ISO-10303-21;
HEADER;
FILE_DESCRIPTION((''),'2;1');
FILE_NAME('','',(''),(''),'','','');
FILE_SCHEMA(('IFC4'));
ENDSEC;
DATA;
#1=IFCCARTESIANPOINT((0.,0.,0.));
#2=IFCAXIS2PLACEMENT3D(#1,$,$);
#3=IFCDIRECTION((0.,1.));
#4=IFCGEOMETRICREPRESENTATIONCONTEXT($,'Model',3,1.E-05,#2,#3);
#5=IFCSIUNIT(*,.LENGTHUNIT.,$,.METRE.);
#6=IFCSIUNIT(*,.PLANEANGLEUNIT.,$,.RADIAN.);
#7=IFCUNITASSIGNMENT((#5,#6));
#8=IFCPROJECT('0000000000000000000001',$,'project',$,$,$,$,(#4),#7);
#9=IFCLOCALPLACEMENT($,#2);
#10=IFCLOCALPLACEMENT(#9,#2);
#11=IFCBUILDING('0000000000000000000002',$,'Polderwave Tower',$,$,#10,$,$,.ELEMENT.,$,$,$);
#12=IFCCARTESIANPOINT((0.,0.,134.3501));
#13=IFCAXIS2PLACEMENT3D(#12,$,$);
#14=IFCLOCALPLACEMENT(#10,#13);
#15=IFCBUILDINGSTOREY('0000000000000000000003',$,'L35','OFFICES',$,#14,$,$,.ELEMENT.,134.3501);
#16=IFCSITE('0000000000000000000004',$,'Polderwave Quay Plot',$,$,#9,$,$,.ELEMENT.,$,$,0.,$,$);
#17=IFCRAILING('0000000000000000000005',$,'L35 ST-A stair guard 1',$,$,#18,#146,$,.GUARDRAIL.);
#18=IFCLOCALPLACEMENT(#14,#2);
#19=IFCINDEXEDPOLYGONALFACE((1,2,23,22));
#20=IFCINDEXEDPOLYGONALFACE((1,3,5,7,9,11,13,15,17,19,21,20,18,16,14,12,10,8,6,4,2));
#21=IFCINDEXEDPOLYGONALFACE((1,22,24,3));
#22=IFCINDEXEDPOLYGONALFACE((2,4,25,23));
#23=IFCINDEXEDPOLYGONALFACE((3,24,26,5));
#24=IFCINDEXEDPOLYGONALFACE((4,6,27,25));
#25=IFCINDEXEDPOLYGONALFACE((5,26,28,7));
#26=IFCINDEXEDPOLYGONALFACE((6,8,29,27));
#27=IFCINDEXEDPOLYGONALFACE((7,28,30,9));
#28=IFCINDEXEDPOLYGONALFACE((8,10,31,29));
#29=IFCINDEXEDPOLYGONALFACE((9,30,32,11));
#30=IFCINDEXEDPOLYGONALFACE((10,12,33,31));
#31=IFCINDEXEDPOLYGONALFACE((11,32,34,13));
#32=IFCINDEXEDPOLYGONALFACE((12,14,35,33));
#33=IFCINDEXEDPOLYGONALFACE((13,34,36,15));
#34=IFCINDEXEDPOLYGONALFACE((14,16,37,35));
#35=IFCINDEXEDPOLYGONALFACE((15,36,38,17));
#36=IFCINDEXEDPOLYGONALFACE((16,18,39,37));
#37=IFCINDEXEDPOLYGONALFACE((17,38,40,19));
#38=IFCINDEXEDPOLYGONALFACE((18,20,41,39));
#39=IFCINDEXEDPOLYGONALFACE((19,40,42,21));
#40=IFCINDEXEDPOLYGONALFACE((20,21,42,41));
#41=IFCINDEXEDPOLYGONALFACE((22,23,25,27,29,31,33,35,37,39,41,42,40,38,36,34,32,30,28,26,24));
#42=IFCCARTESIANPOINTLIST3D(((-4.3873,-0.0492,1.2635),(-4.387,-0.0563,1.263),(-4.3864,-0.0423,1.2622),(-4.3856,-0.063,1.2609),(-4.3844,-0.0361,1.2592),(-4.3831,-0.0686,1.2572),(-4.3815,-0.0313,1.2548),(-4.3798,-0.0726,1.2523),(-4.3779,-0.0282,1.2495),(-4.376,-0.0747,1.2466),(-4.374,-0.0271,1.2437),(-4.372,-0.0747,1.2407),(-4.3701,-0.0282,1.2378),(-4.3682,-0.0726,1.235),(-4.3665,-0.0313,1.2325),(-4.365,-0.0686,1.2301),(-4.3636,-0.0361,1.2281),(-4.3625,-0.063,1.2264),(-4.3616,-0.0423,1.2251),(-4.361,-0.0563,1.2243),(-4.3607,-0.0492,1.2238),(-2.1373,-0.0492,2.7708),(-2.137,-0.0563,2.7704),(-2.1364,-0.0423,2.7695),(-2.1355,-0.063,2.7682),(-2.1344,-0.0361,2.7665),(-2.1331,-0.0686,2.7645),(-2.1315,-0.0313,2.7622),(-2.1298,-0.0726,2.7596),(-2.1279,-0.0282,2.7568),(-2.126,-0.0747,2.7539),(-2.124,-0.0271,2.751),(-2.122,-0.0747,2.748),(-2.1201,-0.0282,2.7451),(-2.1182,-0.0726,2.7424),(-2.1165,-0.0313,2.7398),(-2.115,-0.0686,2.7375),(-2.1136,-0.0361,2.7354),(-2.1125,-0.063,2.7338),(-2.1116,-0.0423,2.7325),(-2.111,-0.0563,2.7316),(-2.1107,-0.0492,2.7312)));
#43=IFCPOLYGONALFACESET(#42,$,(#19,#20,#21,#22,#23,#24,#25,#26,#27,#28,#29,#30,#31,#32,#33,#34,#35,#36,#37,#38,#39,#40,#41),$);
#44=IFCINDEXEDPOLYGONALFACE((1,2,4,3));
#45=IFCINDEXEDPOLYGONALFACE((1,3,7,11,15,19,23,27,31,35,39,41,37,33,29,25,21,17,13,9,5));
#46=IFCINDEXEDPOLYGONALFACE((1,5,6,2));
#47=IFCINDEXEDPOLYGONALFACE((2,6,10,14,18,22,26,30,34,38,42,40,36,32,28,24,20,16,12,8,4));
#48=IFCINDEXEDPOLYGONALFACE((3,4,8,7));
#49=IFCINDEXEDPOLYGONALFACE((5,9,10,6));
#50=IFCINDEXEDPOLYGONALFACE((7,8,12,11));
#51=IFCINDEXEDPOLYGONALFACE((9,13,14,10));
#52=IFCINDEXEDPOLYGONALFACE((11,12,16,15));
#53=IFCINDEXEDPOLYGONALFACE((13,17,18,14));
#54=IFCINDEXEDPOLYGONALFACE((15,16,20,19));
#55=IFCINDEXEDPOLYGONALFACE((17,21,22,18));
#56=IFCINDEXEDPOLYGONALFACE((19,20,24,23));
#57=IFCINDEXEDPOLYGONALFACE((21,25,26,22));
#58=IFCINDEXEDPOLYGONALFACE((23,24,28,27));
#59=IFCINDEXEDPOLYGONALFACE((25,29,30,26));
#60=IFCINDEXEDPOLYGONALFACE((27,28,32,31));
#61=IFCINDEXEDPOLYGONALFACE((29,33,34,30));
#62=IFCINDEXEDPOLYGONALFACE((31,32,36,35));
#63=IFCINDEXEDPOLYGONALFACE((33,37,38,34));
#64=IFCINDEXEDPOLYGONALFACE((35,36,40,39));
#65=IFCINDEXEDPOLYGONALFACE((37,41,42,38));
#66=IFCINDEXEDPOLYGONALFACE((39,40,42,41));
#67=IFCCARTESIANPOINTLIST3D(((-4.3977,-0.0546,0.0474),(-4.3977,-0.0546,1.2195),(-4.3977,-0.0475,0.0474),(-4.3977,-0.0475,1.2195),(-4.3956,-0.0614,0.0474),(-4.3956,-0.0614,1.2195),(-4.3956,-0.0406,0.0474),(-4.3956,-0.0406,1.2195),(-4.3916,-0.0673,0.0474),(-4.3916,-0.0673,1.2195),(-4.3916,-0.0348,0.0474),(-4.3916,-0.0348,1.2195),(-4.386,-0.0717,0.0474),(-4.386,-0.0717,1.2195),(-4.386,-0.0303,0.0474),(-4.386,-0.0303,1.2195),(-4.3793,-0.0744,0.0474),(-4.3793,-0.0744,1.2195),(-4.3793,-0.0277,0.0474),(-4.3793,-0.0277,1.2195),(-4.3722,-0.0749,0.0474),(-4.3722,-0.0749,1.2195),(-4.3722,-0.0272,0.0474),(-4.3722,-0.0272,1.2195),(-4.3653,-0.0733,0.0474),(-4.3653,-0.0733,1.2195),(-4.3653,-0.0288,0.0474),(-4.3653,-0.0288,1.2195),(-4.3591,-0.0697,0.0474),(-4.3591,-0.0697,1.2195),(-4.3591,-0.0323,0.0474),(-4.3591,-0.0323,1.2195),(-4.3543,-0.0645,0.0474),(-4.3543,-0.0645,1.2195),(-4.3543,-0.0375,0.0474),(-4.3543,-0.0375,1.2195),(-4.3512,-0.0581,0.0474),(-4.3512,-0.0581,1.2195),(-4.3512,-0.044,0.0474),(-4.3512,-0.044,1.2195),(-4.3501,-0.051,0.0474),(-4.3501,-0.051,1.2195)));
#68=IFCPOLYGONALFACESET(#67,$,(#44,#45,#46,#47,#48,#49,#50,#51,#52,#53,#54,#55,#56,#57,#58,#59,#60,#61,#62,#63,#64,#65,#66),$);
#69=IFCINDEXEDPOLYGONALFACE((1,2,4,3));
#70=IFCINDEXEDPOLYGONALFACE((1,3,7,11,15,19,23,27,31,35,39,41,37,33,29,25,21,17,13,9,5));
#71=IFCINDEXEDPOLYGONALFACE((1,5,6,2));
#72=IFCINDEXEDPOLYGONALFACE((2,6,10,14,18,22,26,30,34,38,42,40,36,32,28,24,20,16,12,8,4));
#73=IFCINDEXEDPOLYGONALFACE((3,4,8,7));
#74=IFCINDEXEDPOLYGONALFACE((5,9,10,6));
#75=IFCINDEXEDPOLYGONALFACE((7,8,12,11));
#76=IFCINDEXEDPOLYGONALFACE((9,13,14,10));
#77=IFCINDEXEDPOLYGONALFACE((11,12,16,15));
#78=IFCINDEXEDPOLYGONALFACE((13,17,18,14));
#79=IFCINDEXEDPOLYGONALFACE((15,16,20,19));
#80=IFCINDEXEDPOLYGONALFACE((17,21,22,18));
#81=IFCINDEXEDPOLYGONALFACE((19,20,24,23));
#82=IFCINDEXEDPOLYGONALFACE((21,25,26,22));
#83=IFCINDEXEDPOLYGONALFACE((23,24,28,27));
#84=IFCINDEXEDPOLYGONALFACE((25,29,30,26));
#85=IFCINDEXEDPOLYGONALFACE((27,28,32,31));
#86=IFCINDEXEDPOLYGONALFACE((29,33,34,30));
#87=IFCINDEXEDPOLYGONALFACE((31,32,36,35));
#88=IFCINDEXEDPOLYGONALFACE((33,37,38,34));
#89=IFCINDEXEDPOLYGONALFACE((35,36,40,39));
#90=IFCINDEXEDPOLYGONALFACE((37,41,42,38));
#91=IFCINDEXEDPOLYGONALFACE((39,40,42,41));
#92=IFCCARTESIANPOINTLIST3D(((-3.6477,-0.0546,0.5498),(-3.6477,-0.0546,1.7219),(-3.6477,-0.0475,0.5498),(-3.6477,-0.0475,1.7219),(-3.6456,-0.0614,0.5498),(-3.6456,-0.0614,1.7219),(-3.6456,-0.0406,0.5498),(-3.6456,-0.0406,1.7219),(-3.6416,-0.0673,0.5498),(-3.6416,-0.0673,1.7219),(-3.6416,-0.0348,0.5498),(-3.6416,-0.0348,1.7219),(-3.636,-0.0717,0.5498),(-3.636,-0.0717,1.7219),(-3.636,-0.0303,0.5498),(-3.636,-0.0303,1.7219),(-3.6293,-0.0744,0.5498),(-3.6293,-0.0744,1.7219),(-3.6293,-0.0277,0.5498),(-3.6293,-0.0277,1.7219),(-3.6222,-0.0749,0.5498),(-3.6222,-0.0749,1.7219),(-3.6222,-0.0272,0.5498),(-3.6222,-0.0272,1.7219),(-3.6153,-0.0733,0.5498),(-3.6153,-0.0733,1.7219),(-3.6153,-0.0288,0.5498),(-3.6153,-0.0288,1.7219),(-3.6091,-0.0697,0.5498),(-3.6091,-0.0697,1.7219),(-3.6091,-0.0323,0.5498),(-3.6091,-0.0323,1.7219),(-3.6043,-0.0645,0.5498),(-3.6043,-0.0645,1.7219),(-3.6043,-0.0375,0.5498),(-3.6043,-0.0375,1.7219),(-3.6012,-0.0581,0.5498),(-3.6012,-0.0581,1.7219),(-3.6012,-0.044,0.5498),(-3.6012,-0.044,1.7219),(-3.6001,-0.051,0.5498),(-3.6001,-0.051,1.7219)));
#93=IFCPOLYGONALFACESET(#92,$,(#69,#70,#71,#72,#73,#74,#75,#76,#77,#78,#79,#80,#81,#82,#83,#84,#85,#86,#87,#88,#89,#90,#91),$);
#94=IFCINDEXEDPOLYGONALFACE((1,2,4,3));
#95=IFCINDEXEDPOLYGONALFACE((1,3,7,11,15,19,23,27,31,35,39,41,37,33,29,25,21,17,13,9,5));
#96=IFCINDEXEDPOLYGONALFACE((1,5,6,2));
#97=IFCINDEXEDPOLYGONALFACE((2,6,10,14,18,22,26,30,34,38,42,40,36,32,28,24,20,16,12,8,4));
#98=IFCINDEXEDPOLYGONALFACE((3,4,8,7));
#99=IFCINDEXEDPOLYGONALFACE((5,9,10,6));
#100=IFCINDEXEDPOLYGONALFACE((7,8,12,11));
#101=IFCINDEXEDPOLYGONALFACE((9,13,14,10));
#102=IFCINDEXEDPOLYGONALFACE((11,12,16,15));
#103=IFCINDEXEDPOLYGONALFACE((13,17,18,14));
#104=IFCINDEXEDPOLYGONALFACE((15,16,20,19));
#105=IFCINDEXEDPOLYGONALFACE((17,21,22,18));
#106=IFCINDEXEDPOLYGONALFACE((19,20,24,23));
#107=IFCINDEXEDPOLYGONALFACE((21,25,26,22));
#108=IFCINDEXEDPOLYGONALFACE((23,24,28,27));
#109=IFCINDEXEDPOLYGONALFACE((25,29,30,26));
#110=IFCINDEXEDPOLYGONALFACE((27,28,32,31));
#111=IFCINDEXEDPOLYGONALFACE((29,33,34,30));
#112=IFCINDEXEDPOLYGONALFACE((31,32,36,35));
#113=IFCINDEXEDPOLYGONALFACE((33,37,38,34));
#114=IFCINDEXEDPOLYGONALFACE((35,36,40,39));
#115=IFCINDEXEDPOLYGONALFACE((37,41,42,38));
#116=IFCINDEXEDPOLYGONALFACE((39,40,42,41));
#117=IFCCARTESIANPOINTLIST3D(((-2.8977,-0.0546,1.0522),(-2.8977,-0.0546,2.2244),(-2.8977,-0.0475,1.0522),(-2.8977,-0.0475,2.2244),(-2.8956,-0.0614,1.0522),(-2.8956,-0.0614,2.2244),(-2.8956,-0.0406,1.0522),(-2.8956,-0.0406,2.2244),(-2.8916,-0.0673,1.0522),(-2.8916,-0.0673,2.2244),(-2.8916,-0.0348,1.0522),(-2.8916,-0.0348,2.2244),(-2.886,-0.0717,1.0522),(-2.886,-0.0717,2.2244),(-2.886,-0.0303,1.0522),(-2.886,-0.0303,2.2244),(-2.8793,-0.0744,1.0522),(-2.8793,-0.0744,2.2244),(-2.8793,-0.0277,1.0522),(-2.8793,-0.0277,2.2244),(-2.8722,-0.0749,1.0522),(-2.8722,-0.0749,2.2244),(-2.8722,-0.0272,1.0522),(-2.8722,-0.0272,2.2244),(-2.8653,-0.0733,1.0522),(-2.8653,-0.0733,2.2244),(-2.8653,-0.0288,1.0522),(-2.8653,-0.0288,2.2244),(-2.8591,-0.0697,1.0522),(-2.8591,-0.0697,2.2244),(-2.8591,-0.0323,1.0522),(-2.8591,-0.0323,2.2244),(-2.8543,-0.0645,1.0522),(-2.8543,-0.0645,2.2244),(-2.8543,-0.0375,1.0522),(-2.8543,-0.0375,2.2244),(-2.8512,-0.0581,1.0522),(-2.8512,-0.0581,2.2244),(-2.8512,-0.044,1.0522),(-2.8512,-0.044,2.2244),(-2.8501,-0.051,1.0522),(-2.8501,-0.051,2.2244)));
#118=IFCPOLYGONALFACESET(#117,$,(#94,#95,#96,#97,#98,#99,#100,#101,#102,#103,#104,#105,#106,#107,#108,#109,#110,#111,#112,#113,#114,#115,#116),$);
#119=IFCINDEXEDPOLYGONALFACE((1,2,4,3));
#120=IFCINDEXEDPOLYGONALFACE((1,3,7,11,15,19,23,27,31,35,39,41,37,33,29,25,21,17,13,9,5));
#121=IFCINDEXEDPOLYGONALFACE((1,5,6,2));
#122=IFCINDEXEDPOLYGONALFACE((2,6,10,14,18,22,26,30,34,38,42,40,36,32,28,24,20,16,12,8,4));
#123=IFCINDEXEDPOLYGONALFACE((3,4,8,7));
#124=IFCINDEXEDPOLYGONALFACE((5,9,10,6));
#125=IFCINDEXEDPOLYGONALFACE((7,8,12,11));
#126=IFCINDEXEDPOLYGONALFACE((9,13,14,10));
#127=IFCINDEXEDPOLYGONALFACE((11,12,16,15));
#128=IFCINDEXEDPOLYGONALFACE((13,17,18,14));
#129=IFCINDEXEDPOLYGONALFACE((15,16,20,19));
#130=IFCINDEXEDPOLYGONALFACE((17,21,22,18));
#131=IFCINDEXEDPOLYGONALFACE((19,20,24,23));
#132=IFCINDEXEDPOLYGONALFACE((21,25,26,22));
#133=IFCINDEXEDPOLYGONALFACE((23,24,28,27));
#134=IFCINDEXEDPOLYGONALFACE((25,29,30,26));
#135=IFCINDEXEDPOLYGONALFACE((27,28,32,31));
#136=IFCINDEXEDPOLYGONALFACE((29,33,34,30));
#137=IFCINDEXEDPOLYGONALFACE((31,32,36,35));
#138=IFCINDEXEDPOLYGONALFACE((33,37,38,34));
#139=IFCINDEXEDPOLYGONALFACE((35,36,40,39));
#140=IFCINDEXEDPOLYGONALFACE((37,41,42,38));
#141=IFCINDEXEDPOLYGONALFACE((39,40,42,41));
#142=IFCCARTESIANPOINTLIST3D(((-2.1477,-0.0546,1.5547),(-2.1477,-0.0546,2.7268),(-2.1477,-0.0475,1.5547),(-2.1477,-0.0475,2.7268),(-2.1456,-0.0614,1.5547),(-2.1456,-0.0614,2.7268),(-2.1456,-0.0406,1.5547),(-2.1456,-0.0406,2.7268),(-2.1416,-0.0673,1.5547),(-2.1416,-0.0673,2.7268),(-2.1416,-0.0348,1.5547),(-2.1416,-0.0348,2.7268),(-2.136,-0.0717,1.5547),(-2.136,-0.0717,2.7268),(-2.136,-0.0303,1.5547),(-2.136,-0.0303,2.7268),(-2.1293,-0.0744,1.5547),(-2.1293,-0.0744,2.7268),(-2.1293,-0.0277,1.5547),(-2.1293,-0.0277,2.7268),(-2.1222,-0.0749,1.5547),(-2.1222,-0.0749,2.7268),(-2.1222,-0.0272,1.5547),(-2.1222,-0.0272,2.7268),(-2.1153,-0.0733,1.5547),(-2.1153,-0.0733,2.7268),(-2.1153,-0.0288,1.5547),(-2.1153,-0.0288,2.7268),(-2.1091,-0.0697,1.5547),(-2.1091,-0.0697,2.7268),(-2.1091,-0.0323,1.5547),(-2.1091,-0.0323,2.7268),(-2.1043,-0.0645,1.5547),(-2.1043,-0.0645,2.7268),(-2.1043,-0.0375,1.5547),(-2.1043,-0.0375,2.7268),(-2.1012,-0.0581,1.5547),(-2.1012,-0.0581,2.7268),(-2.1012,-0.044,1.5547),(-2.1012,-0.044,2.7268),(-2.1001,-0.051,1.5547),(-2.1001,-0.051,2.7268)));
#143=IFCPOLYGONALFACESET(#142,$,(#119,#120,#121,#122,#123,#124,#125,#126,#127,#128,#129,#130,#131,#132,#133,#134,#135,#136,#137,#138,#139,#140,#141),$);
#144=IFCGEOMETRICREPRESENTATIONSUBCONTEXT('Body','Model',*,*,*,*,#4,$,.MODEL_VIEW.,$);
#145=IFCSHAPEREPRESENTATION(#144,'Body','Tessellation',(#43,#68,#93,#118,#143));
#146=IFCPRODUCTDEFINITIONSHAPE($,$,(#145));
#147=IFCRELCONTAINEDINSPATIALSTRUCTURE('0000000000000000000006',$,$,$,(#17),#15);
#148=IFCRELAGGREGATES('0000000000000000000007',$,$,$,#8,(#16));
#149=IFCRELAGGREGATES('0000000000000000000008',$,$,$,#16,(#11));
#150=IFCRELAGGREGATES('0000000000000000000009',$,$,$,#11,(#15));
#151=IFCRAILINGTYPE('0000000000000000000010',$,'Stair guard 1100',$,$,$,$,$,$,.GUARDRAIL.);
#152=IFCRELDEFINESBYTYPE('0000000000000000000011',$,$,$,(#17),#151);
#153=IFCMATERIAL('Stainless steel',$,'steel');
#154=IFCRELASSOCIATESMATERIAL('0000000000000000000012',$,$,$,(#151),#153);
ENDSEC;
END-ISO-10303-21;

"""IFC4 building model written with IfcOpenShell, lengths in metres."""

from ifc_helpers import new_model, si_unit, direction, frame, origin, origin_2d, place, context, subcontext, project, spatial, circle, extrude, material, type_object, element, save


model = new_model("IFC4")

# Units and contexts
model_context = context("Model", 3, precision=1e-05, world=origin(), true_north=direction((0.0, 1.0)))
body_context = subcontext(model_context, "Body", "Model", "MODEL_VIEW")
ifc_project = project(units=[si_unit("LENGTHUNIT", "METRE"), si_unit("PLANEANGLEUNIT", "RADIAN")], contexts=[model_context])

# Site, building, storey
site_placement = place(None, origin())
site = spatial("IfcSite", under=ifc_project, at=site_placement, Name="Polderwave Quay Plot", CompositionType="ELEMENT", RefElevation=0.0)
building_placement = place(site_placement, origin())
building = spatial("IfcBuilding", under=site, at=building_placement, Name="Polderwave Tower", CompositionType="ELEMENT")
storey_placement = place(building_placement, frame((0.0, 0.0, 134.3501)))
storey = spatial("IfcBuildingStorey", under=building, at=storey_placement, Name="L35", Description="OFFICES", CompositionType="ELEMENT", Elevation=134.3501)

# Railing
ifc_material_1 = material(Name="Stainless steel", Category="steel")
railing_type_1 = type_object("IfcRailingType", Name="Stair guard 1100", PredefinedType="GUARDRAIL", material=ifc_material_1)
railing_1_placement = place(storey_placement, frame((-4.374, -0.051, 0.0474)))
element("IfcRailing", 1, at=railing_1_placement, inside=storey, type_object=railing_type_1, Name="L35 ST-A stair guard 1", PredefinedType="GUARDRAIL", context=body_context, shape_type="SweptSolid", body=[
    extrude(circle(Radius=0.0239, at=origin_2d()), frame((0.0, 0.0, 1.1963), z_axis=(0.8308, 0.0, 0.556571), x_axis=(0.0, 1.0, 0.0)), (0.0, 0.0, 1.0), 2.7083),
    extrude(circle(Radius=0.0239, at=origin_2d()), origin(), (0.0, 0.0, 1.0), 1.1721),
    extrude(circle(Radius=0.0239, at=origin_2d()), frame((0.75, 0.0, 0.5024)), (0.0, 0.0, 1.0), 1.1721),
    extrude(circle(Radius=0.0239, at=origin_2d()), frame((1.5, 0.0, 1.0049)), (0.0, 0.0, 1.0), 1.1721),
    extrude(circle(Radius=0.0239, at=origin_2d()), frame((2.25, 0.0, 1.5073)), (0.0, 0.0, 1.0), 1.1721),
])

save(model, "model.ifc")
